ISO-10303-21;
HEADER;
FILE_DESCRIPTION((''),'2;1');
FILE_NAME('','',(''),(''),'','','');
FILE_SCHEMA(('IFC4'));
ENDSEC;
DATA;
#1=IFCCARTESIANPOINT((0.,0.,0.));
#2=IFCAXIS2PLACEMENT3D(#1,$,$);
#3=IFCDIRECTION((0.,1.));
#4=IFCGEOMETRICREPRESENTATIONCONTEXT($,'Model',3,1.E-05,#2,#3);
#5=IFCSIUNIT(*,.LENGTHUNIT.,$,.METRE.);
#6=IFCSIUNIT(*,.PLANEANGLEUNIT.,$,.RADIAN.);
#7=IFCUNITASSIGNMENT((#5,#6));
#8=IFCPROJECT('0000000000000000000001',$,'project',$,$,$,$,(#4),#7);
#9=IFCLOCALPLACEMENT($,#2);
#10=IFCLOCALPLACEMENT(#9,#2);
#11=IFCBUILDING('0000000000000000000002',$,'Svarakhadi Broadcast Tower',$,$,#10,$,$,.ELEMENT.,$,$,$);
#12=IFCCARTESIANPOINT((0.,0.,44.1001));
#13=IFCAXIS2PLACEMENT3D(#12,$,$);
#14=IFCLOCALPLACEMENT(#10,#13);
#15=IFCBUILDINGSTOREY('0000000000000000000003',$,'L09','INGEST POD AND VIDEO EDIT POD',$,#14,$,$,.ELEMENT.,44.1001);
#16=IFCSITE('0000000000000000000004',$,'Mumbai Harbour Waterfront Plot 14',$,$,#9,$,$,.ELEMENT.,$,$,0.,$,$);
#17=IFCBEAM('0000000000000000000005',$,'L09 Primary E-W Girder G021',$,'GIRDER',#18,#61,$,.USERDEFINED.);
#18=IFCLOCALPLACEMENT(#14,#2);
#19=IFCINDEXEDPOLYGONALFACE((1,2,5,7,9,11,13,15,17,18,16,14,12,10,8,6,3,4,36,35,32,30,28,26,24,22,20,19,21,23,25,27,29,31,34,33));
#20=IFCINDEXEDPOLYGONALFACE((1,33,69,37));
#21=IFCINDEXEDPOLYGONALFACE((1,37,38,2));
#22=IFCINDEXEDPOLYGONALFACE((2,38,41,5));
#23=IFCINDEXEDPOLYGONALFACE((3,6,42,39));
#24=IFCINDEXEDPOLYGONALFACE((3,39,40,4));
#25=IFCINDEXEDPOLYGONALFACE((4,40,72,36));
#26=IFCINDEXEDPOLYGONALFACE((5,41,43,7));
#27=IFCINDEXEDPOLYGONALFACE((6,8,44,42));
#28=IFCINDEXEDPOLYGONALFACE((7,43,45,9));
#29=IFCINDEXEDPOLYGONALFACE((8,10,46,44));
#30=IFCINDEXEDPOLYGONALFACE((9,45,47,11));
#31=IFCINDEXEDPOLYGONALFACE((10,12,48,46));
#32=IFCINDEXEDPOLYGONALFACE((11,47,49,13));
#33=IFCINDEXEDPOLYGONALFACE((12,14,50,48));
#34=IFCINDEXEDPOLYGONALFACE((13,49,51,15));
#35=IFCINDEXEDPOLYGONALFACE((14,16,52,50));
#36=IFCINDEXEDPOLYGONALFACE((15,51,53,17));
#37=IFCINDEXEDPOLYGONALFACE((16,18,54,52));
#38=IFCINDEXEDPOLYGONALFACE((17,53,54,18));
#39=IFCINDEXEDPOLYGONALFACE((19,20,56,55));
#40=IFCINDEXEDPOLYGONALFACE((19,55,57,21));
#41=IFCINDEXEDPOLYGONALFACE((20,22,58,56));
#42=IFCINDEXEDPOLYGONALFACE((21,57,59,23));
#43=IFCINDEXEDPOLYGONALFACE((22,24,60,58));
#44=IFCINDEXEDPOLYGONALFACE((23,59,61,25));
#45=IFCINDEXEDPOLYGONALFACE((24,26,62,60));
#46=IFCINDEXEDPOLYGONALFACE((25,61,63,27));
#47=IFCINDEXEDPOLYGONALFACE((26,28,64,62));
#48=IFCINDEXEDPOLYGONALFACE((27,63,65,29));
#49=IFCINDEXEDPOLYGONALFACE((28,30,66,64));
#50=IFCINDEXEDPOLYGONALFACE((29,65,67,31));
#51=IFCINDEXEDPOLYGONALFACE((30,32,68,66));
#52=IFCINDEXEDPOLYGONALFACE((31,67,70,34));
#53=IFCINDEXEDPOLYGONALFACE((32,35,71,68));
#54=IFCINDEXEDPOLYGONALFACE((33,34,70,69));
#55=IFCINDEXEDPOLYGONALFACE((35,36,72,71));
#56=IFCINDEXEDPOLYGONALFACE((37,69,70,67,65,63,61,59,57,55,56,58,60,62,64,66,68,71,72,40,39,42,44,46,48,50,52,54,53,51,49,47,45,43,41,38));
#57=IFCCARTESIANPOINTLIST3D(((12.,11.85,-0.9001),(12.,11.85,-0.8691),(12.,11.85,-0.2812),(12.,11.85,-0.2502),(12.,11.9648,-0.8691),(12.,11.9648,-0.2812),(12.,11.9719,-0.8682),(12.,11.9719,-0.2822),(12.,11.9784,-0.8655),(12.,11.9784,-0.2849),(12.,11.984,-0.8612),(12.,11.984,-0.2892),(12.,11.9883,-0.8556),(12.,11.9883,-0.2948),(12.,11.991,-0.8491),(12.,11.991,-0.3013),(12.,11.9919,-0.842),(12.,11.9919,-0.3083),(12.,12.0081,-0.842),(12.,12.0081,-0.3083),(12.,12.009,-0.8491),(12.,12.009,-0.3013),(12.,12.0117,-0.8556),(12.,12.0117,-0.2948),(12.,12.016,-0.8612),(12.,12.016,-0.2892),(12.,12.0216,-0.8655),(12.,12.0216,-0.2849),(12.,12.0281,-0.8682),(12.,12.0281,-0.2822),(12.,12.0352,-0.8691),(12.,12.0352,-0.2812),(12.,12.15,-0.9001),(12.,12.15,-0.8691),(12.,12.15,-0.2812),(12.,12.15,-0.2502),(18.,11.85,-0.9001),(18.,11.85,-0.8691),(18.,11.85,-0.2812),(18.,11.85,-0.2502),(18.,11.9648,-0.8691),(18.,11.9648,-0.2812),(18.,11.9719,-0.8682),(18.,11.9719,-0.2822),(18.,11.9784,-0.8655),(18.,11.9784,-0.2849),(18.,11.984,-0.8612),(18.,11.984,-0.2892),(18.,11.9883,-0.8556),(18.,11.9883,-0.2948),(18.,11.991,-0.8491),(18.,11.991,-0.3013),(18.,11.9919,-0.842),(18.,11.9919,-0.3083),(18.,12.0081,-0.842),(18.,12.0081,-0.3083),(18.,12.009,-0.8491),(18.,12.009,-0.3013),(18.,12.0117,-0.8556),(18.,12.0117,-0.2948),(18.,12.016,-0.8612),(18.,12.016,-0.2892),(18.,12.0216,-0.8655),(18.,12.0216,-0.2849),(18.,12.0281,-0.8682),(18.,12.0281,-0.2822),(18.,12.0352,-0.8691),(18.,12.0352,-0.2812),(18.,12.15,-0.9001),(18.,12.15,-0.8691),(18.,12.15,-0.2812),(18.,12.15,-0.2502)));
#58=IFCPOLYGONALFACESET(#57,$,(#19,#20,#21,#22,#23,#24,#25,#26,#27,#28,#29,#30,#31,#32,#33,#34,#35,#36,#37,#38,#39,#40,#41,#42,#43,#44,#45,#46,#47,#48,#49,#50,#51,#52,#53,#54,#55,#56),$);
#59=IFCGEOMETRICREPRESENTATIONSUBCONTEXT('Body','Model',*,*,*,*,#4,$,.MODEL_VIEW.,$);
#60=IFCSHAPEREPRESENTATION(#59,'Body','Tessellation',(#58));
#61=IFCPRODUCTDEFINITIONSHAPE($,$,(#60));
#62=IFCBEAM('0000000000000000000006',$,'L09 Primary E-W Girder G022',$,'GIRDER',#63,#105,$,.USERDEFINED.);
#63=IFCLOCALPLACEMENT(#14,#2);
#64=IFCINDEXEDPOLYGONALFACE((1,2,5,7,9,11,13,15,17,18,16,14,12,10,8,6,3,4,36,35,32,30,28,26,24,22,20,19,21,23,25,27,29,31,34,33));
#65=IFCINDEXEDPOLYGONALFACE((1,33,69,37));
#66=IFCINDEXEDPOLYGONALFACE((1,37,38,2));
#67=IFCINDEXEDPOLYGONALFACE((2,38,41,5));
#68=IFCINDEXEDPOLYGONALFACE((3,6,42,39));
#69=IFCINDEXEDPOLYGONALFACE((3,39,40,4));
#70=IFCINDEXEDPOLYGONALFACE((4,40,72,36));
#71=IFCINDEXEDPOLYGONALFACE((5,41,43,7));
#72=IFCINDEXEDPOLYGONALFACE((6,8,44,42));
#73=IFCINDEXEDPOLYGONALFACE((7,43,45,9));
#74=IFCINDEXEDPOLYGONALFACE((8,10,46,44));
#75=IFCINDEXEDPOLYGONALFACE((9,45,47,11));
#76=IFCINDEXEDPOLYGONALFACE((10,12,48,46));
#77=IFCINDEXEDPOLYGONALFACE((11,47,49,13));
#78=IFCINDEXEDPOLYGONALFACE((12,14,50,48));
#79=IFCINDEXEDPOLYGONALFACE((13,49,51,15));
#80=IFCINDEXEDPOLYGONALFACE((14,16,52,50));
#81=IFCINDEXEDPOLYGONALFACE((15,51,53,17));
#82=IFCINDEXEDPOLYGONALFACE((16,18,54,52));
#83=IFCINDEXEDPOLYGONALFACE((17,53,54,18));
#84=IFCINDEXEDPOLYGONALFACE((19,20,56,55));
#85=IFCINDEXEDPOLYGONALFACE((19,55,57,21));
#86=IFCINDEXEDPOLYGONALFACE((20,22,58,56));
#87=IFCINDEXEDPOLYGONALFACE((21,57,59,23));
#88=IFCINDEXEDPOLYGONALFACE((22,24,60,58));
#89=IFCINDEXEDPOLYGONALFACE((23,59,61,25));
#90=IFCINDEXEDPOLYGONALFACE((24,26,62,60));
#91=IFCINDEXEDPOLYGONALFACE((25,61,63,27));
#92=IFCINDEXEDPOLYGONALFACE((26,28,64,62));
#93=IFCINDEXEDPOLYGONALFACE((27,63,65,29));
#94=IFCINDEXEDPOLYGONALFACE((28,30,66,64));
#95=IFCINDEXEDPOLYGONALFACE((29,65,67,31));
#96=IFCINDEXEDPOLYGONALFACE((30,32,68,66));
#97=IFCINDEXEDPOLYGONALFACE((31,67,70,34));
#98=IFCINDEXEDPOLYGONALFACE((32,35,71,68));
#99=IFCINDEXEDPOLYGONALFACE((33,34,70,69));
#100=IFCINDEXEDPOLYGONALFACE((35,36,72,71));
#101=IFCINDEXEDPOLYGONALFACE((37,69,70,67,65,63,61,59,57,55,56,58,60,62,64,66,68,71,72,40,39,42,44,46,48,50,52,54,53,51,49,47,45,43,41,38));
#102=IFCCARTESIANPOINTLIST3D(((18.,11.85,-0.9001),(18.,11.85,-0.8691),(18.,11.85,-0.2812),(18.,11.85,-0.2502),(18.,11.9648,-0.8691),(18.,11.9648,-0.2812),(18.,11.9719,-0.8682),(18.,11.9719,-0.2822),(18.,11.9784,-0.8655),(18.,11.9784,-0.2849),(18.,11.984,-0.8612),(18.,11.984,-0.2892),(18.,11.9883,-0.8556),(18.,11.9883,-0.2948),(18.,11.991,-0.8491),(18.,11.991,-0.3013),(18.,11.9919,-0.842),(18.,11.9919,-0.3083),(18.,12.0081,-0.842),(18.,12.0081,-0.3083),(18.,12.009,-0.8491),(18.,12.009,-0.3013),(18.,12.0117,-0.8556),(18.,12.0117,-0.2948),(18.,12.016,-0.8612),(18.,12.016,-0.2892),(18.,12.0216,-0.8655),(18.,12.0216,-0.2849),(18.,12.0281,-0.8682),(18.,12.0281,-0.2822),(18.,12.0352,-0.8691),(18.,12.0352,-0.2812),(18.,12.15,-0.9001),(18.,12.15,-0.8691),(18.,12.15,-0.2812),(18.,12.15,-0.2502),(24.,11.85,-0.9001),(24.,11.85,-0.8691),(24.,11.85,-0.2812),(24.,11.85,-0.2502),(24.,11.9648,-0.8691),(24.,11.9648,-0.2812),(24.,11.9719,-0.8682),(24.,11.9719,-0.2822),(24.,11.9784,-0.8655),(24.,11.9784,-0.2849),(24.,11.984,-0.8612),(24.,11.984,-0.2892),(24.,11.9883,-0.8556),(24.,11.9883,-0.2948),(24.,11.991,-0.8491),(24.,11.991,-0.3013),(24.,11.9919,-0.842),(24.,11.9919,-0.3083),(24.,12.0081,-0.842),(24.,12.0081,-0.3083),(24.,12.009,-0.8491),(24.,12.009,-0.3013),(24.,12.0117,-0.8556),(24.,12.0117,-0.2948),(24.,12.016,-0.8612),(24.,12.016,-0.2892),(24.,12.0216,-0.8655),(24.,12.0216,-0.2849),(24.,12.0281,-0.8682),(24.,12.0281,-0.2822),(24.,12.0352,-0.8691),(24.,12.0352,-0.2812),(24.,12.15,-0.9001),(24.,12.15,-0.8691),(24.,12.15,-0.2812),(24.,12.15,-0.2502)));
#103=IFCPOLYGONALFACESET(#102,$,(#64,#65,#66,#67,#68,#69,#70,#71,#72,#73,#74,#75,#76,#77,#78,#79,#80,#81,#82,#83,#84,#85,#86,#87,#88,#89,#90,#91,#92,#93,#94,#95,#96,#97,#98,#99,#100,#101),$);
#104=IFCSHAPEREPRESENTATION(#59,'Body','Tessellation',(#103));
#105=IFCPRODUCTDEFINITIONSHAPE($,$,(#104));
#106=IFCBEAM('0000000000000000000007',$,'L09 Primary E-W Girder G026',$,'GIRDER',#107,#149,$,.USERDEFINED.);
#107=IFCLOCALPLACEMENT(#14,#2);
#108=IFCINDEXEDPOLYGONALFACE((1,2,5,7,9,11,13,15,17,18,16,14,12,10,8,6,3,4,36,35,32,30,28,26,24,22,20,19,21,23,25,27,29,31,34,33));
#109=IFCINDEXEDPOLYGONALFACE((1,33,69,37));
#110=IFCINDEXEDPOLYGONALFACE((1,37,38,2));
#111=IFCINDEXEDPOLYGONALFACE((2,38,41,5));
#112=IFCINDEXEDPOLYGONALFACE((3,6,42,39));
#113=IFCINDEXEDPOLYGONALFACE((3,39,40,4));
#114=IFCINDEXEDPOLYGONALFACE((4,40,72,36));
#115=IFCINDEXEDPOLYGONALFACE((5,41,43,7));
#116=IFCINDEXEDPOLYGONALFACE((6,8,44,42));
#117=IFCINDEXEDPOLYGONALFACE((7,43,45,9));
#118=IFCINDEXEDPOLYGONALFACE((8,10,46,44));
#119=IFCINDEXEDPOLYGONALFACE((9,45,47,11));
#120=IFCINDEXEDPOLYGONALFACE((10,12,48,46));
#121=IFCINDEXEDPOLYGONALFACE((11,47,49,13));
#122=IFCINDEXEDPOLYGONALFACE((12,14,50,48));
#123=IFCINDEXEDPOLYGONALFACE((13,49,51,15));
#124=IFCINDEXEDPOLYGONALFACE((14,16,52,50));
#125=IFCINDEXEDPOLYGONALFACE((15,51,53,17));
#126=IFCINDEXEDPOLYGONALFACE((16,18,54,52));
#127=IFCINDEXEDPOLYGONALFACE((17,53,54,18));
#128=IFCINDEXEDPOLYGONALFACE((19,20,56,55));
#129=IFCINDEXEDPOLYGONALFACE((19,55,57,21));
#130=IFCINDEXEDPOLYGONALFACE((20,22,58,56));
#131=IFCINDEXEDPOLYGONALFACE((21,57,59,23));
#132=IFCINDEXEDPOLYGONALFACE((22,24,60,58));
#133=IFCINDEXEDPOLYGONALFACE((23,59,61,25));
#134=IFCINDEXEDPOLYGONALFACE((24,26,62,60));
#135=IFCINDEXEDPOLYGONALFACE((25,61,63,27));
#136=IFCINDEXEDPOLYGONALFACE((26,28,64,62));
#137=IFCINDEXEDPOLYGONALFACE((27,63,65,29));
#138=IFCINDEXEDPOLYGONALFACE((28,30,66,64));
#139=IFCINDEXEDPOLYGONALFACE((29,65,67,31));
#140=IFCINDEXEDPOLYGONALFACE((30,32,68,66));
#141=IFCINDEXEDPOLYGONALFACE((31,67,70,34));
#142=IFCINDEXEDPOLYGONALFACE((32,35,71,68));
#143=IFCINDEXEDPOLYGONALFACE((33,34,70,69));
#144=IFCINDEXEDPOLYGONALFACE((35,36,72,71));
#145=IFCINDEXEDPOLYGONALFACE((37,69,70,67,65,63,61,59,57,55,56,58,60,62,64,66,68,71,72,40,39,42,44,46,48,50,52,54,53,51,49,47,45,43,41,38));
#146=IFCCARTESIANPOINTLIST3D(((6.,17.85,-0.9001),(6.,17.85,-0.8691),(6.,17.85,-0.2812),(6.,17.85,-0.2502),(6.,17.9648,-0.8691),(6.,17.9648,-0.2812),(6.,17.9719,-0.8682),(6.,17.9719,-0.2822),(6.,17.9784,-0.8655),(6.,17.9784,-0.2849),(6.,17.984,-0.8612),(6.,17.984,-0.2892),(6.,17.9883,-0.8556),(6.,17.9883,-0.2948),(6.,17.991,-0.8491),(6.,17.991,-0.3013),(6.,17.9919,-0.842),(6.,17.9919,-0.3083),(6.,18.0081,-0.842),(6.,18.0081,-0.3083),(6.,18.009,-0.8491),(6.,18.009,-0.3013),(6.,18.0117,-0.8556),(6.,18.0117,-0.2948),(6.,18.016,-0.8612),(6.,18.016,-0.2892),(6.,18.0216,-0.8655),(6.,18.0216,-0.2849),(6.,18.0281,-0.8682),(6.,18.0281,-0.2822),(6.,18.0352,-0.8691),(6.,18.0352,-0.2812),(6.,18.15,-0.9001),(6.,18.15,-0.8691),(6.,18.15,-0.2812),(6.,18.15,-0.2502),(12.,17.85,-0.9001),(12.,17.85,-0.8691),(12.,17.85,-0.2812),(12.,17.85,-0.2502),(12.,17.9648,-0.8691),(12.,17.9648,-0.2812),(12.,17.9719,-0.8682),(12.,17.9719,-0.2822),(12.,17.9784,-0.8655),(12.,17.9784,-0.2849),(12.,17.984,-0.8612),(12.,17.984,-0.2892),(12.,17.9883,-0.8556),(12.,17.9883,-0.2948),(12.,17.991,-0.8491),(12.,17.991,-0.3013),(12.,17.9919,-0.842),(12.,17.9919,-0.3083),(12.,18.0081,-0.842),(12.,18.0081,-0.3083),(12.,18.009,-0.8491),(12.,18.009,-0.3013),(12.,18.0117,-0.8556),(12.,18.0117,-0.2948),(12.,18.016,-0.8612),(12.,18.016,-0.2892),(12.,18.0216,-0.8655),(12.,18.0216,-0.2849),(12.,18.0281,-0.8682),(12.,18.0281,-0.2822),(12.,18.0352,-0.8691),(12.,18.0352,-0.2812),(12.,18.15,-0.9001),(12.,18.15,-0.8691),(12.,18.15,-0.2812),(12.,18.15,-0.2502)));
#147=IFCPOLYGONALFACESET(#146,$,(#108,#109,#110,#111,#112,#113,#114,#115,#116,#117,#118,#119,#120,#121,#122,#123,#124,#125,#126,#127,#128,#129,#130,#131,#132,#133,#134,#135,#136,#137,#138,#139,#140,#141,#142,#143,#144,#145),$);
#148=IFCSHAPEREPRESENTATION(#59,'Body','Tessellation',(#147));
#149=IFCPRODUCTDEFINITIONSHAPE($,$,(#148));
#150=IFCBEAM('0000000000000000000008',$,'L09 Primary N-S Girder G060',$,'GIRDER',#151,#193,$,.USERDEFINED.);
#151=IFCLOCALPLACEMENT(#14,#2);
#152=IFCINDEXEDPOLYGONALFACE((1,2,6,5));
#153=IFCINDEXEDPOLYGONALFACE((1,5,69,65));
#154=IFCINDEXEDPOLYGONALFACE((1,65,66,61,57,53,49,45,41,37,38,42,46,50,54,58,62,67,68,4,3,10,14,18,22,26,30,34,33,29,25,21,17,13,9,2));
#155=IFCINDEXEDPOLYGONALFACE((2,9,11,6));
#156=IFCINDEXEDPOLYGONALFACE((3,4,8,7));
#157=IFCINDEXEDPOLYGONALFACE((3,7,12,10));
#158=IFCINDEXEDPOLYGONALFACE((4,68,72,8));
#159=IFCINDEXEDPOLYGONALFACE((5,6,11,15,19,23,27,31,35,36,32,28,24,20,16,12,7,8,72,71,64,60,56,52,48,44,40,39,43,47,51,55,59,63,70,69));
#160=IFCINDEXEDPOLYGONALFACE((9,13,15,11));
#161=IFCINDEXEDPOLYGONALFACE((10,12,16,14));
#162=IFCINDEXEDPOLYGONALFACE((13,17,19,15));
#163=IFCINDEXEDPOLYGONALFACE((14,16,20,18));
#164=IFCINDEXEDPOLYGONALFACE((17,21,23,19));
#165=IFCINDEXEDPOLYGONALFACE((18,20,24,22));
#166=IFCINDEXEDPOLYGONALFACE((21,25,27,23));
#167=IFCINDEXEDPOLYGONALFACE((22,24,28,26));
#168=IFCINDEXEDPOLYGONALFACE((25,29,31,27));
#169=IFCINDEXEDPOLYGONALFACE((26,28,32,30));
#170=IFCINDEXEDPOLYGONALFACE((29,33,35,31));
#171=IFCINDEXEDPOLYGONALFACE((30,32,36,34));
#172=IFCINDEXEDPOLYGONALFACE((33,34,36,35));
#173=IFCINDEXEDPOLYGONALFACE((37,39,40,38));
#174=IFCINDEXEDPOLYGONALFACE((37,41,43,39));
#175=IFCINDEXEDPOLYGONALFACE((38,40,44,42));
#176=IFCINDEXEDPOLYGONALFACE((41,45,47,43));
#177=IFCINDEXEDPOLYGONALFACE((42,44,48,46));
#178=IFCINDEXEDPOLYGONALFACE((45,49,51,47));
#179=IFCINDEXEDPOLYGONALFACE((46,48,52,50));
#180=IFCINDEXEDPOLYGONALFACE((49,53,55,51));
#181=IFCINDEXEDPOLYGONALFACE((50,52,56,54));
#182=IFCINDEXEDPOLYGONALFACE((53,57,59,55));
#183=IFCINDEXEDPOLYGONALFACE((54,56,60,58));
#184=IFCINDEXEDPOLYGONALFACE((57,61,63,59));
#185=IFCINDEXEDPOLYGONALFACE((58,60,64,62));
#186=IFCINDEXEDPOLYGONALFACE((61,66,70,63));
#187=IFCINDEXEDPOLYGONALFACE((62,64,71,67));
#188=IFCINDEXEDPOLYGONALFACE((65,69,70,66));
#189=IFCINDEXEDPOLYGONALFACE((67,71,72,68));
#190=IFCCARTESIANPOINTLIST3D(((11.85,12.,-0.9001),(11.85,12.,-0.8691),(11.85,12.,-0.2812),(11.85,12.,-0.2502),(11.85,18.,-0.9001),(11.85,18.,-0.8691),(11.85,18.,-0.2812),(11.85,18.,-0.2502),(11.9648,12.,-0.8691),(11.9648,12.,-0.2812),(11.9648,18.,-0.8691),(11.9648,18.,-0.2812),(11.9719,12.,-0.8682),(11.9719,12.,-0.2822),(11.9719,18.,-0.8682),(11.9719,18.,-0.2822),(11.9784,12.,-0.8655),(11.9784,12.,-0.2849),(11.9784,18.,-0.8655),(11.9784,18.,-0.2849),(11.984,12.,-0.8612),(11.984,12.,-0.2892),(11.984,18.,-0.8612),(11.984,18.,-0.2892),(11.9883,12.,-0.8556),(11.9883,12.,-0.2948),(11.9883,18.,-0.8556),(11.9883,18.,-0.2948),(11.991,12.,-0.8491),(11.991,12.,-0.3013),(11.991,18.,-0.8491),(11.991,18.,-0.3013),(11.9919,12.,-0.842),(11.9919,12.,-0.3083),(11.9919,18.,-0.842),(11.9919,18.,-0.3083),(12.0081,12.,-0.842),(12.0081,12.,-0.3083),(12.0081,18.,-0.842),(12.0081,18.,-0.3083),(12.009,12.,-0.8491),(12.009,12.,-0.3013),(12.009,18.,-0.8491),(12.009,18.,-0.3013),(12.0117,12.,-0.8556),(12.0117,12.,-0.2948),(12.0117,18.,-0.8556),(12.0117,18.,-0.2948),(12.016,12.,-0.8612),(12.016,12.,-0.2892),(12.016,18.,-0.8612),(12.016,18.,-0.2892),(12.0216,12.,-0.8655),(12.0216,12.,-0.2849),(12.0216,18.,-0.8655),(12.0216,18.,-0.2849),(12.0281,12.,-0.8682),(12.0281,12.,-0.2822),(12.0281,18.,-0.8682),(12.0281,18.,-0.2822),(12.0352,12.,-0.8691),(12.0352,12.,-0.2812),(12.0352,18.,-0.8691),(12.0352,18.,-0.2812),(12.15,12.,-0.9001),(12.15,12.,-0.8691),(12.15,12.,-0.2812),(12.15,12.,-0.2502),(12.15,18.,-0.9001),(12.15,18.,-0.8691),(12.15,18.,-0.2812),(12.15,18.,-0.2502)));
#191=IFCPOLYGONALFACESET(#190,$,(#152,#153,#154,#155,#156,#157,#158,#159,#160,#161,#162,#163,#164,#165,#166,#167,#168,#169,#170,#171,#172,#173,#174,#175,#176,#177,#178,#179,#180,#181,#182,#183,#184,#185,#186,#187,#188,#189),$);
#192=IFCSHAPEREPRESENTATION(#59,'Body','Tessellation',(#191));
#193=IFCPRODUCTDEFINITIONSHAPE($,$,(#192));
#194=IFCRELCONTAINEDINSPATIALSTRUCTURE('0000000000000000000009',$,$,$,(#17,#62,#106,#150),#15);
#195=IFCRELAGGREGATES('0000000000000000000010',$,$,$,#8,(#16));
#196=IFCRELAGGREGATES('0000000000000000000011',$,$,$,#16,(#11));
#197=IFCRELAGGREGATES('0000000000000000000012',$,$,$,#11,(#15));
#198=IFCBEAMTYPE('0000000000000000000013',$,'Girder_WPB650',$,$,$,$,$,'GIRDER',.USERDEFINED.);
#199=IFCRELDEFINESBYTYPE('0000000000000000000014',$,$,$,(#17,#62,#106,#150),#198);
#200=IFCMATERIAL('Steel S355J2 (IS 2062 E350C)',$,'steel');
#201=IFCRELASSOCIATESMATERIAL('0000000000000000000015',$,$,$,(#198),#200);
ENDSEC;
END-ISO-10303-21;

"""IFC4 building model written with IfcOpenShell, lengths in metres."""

from ifc_helpers import new_model, si_unit, direction, frame, origin, origin_2d, place, context, subcontext, project, spatial, i_section, extrude, material, material_profile, profile_set, type_object, element, save


model = new_model("IFC4")

# Units and contexts
model_context = context("Model", 3, precision=1e-05, world=origin(), true_north=direction((0.0, 1.0)))
body_context = subcontext(model_context, "Body", "Model", "MODEL_VIEW")
ifc_project = project(units=[si_unit("LENGTHUNIT", "METRE"), si_unit("PLANEANGLEUNIT", "RADIAN")], contexts=[model_context])

# Site, building, storey
site_placement = place(None, origin())
site = spatial("IfcSite", under=ifc_project, at=site_placement, Name="Mumbai Harbour Waterfront Plot 14", CompositionType="ELEMENT", RefElevation=0.0)
building_placement = place(site_placement, origin())
building = spatial("IfcBuilding", under=site, at=building_placement, Name="Svarakhadi Broadcast Tower", CompositionType="ELEMENT")
storey_placement = place(building_placement, frame((0.0, 0.0, 44.1001)))
storey = spatial("IfcBuildingStorey", under=building, at=storey_placement, Name="L09", Description="INGEST POD AND VIDEO EDIT POD", CompositionType="ELEMENT", Elevation=44.1001)

# Beams
ifc_material_1 = material(Name="Steel S355J2 (IS 2062 E350C)", Category="steel")
ifc_material_profile_1 = material_profile(ifc_material_1, i_section(OverallWidth=0.3, OverallDepth=0.6499, WebThickness=0.0161, FlangeThickness=0.031, FilletRadius=0.0271, at=origin_2d()), Name="WPB 650x300x225")
ifc_profile_set_1 = profile_set([ifc_material_profile_1], Name="Steel S355J2 (IS 2062 E350C)")
beam_type_1 = type_object("IfcBeamType", Name="Girder_WPB650", ElementType="GIRDER", PredefinedType="USERDEFINED", material=ifc_profile_set_1)
for number, where, z_axis, x_axis, name in (
    (1, (12.0, 12.0, -0.5752), (1.0, 0.0, 0.0), (0.0, 1.0, 0.0), "L09 Primary E-W Girder G021"),
    (2, (18.0, 12.0, -0.5752), (1.0, 0.0, 0.0), (0.0, 1.0, 0.0), "L09 Primary E-W Girder G022"),
    (3, (6.0, 18.0, -0.5752), (1.0, 0.0, 0.0), (0.0, 1.0, 0.0), "L09 Primary E-W Girder G026"),
    (4, (12.0, 12.0, -0.5752), (0.0, 1.0, 0.0), (-1.0, 0.0, 0.0), "L09 Primary N-S Girder G060"),
):
    element("IfcBeam", number, at=place(storey_placement, frame(where, z_axis=z_axis, x_axis=x_axis)), inside=storey, type_object=beam_type_1, Name=name, ObjectType="GIRDER", PredefinedType="USERDEFINED", context=body_context, shape_type="SweptSolid", body=[
        extrude(i_section(OverallWidth=0.3, OverallDepth=0.6499, WebThickness=0.0161, FlangeThickness=0.031, FilletRadius=0.0271, at=origin_2d()), origin(), (0.0, 0.0, 1.0), 6.0),
    ])

save(model, "model.ifc")
